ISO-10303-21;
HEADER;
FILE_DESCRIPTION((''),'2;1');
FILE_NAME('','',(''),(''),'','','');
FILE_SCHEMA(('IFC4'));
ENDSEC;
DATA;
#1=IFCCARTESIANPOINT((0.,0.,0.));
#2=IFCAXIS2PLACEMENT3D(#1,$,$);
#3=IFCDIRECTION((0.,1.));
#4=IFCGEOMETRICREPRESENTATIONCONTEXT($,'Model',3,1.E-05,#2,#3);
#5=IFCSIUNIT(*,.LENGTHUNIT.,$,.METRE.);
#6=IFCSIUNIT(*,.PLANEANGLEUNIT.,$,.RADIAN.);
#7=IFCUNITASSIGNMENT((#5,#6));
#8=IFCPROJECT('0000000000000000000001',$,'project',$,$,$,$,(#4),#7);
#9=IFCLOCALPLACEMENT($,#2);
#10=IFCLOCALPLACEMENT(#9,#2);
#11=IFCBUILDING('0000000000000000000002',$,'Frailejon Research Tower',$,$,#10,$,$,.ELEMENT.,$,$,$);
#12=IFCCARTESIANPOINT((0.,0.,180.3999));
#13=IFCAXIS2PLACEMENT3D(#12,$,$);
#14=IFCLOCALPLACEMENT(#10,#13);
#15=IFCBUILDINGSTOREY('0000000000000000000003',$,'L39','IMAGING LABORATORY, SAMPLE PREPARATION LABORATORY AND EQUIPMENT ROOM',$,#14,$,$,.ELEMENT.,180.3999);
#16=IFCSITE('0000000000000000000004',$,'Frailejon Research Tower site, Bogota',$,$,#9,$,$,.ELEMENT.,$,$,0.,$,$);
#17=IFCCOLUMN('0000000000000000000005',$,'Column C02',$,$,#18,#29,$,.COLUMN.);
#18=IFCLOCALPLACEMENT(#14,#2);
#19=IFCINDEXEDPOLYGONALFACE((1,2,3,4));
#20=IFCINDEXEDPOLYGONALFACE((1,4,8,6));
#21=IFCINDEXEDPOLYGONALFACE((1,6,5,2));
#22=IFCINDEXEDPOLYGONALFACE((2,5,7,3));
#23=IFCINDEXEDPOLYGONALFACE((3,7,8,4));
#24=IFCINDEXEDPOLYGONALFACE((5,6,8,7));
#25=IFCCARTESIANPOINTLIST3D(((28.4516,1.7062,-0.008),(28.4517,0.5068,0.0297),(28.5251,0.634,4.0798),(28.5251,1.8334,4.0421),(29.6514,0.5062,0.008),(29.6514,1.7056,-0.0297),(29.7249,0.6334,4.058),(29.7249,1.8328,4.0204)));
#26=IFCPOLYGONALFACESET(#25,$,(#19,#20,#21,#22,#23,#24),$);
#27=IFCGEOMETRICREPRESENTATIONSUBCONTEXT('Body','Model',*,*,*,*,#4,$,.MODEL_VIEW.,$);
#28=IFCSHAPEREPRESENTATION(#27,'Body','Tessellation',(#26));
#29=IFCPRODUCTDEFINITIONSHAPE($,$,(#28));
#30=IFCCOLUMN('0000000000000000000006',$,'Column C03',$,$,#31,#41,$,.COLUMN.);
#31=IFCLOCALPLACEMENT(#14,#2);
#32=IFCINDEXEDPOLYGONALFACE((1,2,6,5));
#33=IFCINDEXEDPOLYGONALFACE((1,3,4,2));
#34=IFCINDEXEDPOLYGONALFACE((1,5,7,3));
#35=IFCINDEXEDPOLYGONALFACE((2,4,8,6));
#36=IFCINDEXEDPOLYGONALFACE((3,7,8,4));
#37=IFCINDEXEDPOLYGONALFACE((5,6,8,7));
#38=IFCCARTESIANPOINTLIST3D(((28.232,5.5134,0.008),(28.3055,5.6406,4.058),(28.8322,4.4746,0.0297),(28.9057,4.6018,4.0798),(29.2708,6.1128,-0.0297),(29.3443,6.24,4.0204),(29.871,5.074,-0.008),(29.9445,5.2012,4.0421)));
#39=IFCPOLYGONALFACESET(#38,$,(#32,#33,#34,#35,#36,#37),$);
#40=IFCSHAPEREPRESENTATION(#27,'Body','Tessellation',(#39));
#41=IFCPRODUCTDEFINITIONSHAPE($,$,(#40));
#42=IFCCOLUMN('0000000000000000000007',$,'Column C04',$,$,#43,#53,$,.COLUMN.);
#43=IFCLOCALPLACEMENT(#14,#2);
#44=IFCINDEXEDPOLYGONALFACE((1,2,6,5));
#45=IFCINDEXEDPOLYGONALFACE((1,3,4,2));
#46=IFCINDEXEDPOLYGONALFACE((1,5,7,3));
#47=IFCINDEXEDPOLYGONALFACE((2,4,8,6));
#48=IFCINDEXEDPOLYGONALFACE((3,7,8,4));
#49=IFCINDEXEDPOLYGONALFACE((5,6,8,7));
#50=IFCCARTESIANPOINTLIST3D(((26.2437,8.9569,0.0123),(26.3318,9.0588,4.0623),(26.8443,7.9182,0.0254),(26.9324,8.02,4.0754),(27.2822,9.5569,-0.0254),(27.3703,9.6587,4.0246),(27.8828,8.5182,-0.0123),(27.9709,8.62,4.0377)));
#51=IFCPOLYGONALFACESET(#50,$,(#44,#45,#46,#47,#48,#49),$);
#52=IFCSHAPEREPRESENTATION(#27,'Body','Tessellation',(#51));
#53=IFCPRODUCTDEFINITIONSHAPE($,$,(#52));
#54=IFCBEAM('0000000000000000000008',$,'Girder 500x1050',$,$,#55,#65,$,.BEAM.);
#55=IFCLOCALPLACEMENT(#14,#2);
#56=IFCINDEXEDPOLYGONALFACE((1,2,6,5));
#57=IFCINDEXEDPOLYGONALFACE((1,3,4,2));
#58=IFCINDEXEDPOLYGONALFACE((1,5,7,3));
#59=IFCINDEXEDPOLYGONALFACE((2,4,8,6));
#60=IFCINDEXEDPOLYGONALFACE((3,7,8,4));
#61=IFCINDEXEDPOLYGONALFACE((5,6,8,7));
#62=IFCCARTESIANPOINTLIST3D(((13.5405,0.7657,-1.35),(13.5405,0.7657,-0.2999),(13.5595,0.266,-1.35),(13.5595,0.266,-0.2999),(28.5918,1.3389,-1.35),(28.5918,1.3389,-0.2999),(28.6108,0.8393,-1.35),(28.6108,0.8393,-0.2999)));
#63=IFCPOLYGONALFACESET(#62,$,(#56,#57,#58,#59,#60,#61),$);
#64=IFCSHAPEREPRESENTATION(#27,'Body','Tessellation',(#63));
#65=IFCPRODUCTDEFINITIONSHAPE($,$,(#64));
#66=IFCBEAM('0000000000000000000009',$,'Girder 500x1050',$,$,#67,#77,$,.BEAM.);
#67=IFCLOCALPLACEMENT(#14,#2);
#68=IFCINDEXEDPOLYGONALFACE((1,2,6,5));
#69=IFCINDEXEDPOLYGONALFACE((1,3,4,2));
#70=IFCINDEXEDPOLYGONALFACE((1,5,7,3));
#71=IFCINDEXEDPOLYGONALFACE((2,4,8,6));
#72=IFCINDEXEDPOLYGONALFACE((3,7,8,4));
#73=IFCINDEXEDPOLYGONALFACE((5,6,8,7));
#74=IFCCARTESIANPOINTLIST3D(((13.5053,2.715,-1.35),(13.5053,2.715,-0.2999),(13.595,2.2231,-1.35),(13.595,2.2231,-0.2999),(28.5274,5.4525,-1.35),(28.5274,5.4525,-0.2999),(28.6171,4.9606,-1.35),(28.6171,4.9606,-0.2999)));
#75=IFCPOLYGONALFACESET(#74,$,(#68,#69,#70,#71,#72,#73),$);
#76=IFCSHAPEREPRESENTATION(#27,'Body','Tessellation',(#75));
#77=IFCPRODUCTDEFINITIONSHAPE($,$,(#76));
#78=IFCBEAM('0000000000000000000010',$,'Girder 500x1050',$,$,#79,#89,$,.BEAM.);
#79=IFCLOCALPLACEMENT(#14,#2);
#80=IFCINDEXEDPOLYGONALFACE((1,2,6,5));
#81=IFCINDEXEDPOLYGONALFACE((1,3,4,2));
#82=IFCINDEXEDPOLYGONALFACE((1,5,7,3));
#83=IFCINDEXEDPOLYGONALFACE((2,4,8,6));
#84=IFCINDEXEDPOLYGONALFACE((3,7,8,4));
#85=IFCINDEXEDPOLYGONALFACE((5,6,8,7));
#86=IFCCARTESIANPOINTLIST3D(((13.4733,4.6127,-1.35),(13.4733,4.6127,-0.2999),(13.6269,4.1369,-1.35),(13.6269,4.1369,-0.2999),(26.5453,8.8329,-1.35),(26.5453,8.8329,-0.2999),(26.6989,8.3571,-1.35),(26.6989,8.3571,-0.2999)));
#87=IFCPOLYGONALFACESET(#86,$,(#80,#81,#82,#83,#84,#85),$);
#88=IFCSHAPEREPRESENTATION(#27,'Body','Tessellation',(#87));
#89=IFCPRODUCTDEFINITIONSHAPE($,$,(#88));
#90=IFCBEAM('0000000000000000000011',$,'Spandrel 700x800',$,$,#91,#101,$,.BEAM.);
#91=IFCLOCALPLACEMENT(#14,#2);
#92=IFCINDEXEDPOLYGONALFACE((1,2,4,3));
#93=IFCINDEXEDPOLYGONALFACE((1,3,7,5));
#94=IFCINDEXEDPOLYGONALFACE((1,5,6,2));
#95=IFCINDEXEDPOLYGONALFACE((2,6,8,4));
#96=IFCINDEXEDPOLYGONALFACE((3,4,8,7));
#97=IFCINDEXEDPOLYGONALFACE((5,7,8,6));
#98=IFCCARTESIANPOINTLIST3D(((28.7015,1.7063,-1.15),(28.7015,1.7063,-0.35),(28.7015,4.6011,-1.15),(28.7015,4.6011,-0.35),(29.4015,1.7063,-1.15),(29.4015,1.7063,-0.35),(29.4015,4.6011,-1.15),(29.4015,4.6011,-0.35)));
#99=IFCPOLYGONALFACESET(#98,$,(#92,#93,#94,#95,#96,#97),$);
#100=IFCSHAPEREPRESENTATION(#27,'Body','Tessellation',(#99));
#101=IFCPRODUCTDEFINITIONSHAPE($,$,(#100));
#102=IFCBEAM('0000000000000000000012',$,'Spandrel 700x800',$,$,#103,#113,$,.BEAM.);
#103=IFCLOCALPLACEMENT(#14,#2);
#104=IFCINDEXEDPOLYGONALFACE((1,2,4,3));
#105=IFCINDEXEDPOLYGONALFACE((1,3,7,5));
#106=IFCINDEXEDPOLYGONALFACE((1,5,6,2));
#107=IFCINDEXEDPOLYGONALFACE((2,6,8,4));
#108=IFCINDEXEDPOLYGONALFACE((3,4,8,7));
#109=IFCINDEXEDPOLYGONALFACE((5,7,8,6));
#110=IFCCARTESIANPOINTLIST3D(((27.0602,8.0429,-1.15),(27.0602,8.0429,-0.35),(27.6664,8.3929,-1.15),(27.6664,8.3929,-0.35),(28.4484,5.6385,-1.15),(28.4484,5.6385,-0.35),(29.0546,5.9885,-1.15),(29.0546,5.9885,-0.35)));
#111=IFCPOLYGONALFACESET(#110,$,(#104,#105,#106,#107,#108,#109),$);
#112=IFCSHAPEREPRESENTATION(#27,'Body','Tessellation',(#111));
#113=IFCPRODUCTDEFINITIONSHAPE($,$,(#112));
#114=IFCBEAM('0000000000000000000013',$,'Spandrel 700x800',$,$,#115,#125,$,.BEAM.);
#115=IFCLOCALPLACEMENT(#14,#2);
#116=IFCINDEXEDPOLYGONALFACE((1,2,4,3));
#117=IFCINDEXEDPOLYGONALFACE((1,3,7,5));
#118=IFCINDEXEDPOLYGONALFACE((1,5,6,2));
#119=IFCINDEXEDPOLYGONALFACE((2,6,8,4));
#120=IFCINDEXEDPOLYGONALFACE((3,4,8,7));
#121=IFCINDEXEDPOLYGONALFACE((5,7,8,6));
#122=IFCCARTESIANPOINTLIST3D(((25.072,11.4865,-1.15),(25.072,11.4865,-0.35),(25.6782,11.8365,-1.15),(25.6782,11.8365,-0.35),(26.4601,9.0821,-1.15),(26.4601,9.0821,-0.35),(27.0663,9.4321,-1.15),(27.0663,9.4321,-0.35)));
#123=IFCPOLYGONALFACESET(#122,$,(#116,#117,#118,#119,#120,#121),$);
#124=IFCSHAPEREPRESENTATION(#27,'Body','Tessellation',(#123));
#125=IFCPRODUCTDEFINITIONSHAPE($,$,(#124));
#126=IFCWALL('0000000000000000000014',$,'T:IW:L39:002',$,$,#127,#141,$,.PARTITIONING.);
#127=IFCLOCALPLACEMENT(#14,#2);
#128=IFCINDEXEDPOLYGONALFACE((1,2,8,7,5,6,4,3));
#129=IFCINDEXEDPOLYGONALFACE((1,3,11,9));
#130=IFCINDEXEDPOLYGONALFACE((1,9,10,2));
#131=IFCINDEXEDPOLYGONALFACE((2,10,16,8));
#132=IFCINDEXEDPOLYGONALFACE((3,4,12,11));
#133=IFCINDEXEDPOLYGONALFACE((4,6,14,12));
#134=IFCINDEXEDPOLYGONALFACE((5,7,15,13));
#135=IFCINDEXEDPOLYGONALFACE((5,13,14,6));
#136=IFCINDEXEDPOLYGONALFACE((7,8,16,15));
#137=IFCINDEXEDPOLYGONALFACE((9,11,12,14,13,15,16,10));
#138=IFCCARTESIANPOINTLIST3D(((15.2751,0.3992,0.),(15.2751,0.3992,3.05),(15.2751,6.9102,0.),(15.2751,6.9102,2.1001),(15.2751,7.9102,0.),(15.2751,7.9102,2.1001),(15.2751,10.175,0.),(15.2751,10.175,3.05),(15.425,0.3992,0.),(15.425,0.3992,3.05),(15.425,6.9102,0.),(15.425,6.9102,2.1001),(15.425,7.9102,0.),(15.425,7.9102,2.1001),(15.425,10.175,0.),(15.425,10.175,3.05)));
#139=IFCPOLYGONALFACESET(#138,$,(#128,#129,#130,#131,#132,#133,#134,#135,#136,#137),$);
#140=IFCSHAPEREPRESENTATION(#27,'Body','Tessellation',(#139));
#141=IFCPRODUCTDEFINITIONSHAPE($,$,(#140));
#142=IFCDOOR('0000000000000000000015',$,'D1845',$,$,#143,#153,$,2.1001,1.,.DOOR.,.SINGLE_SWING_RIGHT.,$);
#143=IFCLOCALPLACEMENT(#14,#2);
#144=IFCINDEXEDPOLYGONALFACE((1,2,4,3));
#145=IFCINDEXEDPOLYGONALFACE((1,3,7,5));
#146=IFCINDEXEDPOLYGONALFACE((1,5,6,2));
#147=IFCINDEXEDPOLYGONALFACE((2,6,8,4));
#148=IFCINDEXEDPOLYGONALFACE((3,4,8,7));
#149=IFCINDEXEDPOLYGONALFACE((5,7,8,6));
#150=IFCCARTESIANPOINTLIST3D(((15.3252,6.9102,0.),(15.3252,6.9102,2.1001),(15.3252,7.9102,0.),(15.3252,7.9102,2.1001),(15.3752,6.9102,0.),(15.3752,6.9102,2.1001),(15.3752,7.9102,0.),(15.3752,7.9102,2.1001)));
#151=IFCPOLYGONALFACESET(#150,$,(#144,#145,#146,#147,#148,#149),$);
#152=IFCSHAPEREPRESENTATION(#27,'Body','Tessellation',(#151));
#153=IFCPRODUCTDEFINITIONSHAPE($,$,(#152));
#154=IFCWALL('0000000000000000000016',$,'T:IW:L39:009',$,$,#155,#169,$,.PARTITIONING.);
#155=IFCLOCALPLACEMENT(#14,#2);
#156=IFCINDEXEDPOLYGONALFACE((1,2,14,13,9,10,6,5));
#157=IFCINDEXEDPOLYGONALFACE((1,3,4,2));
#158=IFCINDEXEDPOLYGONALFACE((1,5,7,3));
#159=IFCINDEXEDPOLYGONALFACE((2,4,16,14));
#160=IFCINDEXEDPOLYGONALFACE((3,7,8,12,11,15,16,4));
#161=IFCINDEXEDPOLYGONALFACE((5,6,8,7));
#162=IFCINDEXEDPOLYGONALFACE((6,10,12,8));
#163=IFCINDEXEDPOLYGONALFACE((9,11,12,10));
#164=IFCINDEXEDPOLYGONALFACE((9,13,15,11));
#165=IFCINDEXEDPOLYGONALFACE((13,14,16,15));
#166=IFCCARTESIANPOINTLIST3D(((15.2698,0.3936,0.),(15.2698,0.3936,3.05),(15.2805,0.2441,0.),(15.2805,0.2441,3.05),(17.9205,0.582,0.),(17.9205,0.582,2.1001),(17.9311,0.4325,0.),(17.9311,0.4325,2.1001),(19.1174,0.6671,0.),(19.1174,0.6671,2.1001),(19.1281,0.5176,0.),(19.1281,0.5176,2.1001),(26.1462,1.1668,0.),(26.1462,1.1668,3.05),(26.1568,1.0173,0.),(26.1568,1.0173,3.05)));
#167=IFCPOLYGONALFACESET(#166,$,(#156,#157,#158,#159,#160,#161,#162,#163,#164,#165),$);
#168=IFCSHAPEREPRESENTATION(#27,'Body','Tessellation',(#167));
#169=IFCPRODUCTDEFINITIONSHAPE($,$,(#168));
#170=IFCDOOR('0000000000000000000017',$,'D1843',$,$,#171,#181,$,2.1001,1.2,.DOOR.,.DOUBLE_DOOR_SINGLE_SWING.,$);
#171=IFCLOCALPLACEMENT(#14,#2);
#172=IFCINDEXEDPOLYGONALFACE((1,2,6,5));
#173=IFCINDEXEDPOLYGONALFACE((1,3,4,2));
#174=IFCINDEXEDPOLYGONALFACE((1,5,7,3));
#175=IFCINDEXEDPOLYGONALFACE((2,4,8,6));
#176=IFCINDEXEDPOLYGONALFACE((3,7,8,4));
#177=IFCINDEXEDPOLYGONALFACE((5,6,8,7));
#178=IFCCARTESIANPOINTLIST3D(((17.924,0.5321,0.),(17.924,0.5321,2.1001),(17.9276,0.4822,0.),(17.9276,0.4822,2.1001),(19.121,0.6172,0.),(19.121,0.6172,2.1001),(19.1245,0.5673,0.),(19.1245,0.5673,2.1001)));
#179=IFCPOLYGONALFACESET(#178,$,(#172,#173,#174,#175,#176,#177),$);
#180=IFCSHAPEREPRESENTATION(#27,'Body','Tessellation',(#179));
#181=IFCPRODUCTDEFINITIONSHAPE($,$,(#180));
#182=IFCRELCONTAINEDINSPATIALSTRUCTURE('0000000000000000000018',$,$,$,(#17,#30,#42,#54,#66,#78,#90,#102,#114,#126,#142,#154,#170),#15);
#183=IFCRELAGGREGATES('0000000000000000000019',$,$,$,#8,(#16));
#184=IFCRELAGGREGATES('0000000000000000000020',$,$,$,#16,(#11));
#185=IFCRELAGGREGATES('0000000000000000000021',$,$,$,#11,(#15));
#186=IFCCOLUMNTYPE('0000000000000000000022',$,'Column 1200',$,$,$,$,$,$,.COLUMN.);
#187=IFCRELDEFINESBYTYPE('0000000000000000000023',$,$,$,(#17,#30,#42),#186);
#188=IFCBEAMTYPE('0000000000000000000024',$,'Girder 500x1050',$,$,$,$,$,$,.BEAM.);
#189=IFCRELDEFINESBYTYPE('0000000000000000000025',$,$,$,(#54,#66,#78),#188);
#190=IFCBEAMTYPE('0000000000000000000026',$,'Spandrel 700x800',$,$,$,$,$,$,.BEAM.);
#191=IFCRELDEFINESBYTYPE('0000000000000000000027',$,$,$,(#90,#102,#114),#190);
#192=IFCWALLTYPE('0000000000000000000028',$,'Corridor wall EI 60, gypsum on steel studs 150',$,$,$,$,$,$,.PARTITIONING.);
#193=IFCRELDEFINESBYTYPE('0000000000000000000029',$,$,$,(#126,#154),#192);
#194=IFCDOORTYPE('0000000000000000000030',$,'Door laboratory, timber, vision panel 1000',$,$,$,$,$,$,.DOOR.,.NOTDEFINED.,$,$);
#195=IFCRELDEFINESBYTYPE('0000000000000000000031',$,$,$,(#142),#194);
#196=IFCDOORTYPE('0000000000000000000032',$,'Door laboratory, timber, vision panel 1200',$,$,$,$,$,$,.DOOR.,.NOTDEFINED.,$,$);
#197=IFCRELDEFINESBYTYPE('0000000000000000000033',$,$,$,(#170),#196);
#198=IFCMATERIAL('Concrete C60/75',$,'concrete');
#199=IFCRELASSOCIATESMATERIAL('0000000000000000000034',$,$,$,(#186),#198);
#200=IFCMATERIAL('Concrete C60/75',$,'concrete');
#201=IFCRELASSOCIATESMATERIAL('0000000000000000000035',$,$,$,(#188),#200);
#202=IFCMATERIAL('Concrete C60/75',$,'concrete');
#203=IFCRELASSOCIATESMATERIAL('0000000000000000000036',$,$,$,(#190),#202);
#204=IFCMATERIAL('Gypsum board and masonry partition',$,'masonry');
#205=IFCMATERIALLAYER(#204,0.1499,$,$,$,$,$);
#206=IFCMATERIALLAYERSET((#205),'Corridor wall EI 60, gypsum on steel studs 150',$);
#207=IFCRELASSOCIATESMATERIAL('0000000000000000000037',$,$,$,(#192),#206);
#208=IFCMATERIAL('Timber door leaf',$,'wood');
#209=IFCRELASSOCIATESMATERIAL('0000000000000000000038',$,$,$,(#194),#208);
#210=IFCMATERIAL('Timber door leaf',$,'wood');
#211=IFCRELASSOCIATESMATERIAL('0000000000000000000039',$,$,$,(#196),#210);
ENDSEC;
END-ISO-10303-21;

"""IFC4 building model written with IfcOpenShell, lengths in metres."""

from ifc_helpers import new_model, si_unit, direction, frame, frame_2d, origin, origin_2d, place, context, subcontext, project, spatial, rectangle, extrude, material, layer, layer_set, material_profile, profile_set, type_object, element, fill, save


model = new_model("IFC4")

# Units and contexts
model_context = context("Model", 3, precision=1e-05, world=origin(), true_north=direction((0.0, 1.0)))
body_context = subcontext(model_context, "Body", "Model", "MODEL_VIEW")
ifc_project = project(units=[si_unit("LENGTHUNIT", "METRE"), si_unit("PLANEANGLEUNIT", "RADIAN")], contexts=[model_context])

# Site, building, storey
site_placement = place(None, origin())
site = spatial("IfcSite", under=ifc_project, at=site_placement, Name="Frailejon Research Tower site, Bogota", CompositionType="ELEMENT", RefElevation=0.0)
building_placement = place(site_placement, origin())
building = spatial("IfcBuilding", under=site, at=building_placement, Name="Frailejon Research Tower", CompositionType="ELEMENT")
storey_placement = place(building_placement, frame((0.0, 0.0, 180.3999)))
storey = spatial("IfcBuildingStorey", under=building, at=storey_placement, Name="L39", Description="IMAGING LABORATORY, SAMPLE PREPARATION LABORATORY AND EQUIPMENT ROOM", CompositionType="ELEMENT", Elevation=180.3999)

# Columns
ifc_material_1 = material(Name="Concrete C60/75", Category="concrete")
ifc_material_profile_1 = material_profile(ifc_material_1, rectangle(XDim=1.2, YDim=1.2, at=origin_2d()), Name="Column 1200")
ifc_profile_set_1 = profile_set([ifc_material_profile_1], Name="Concrete C60/75")
column_type = type_object("IfcColumnType", Name="Column 1200", PredefinedType="COLUMN", material=ifc_profile_set_1)
for number, where, z_axis, x_axis, name in (
    (1, (29.0515, 1.1062, 0.0), (0.018133, 0.031386, 0.999343), (-0.000022, 0.999507, -0.03139), "Column C02"),
    (2, (29.0515, 5.2937, 0.0), (0.018133, 0.031386, 0.999343), (-0.500209, 0.865715, -0.018113), "Column C03"),
):
    element("IfcColumn", number, at=place(storey_placement, frame(where, z_axis=z_axis, x_axis=x_axis)), inside=storey, type_object=column_type, Name=name, PredefinedType="COLUMN", context=body_context, shape_type="SweptSolid", body=[
        extrude(rectangle(XDim=1.2, YDim=1.2, at=origin_2d()), origin(), (0.0, 0.0, 1.0), 4.0527),
    ])
column_placement = place(storey_placement, frame((27.0632, 8.7375, 0.0), z_axis=(0.021749, 0.025123, 0.999448), x_axis=(-0.500502, 0.865667, -0.010869)))
element("IfcColumn", 3, at=column_placement, inside=storey, type_object=column_type, Name="Column C04", PredefinedType="COLUMN", context=body_context, shape_type="SweptSolid", body=[
    extrude(rectangle(XDim=1.2, YDim=1.2, at=origin_2d()), origin(), (0.0, 0.0, 1.0), 4.0522),
])

# Beams
ifc_material_2 = material(Name="Concrete C60/75", Category="concrete")
ifc_material_profile_2 = material_profile(ifc_material_2, rectangle(XDim=0.5, YDim=1.05, at=origin_2d()), Name="Girder 500x1050")
ifc_profile_set_2 = profile_set([ifc_material_profile_2], Name="Concrete C60/75")
beam_type_1 = type_object("IfcBeamType", Name="Girder 500x1050", PredefinedType="BEAM", material=ifc_profile_set_2)
beam_1_placement = place(storey_placement, frame((28.6013, 1.0891, -0.825), z_axis=(-0.999276, -0.038058, 0.0), x_axis=(0.038058, -0.999276, 0.0)))
element("IfcBeam", 4, at=beam_1_placement, inside=storey, type_object=beam_type_1, Name="Girder 500x1050", PredefinedType="BEAM", context=body_context, shape_type="SweptSolid", body=[
    extrude(rectangle(XDim=0.5, YDim=1.05, at=origin_2d()), origin(), (0.0, 0.0, 1.0), 15.0623),
])
beam_2_placement = place(storey_placement, frame((28.5723, 5.2065, -0.825), z_axis=(-0.983798, -0.179281, 0.0), x_axis=(0.179281, -0.983798, 0.0)))
element("IfcBeam", 5, at=beam_2_placement, inside=storey, type_object=beam_type_1, Name="Girder 500x1050", PredefinedType="BEAM", context=body_context, shape_type="SweptSolid", body=[
    extrude(rectangle(XDim=0.5, YDim=1.05, at=origin_2d()), origin(), (0.0, 0.0, 1.0), 15.2695),
])
beam_3_placement = place(storey_placement, frame((26.6221, 8.595, -0.825), z_axis=(-0.951636, -0.307229, 0.0), x_axis=(0.307229, -0.951636, 0.0)))
element("IfcBeam", 6, at=beam_3_placement, inside=storey, type_object=beam_type_1, Name="Girder 500x1050", PredefinedType="BEAM", context=body_context, shape_type="SweptSolid", body=[
    extrude(rectangle(XDim=0.5, YDim=1.05, at=origin_2d()), origin(), (0.0, 0.0, 1.0), 13.7363),
])
ifc_material_3 = material(Name="Concrete C60/75", Category="concrete")
ifc_material_profile_3 = material_profile(ifc_material_3, rectangle(XDim=0.7, YDim=0.8, at=origin_2d()), Name="Spandrel 700x800")
ifc_profile_set_3 = profile_set([ifc_material_profile_3], Name="Concrete C60/75")
beam_type_2 = type_object("IfcBeamType", Name="Spandrel 700x800", PredefinedType="BEAM", material=ifc_profile_set_3)
beam_4_placement = place(storey_placement, frame((29.0515, 1.7063, -0.75), z_axis=(0.0, 1.0, 0.0), x_axis=(-1.0, 0.0, 0.0)))
element("IfcBeam", 7, at=beam_4_placement, inside=storey, type_object=beam_type_2, Name="Spandrel 700x800", PredefinedType="BEAM", context=body_context, shape_type="SweptSolid", body=[
    extrude(rectangle(XDim=0.7, YDim=0.8, at=origin_2d()), origin(), (0.0, 0.0, 1.0), 2.8948),
])
for number, where, z_axis, x_axis, name in (
    (8, (28.7515, 5.8135, -0.75), (-0.499979, 0.866038, 0.0), (-0.866038, -0.499979, 0.0), "Spandrel 700x800"),
    (9, (26.7632, 9.2571, -0.75), (-0.499979, 0.866038, 0.0), (-0.866038, -0.499979, 0.0), "Spandrel 700x800"),
):
    element("IfcBeam", number, at=place(storey_placement, frame(where, z_axis=z_axis, x_axis=x_axis)), inside=storey, type_object=beam_type_2, Name=name, PredefinedType="BEAM", context=body_context, shape_type="SweptSolid", body=[
        extrude(rectangle(XDim=0.7, YDim=0.8, at=origin_2d()), origin(), (0.0, 0.0, 1.0), 2.7764),
    ])

# Walls, openings, doors
ifc_material_4 = material(Name="Gypsum board and masonry partition", Category="masonry")
ifc_layer_1 = layer(ifc_material_4, 0.1499)
ifc_layer_set_1 = layer_set([ifc_layer_1], Name="Corridor wall EI 60, gypsum on steel studs 150")
wall_type_1 = type_object("IfcWallType", Name="Corridor wall EI 60, gypsum on steel studs 150", PredefinedType="PARTITIONING", material=ifc_layer_set_1)
wall_1_placement = place(storey_placement, frame((15.3501, 0.3992, 0.0), z_axis=(0.0, 0.0, 1.0), x_axis=(0.0, 1.0, 0.0)))
wall_1 = element("IfcWall", 10, at=wall_1_placement, inside=storey, type_object=wall_type_1, Name="T:IW:L39:002", PredefinedType="PARTITIONING", context=body_context, shape_type="SweptSolid", body=[
    extrude(rectangle(XDim=9.7759, YDim=0.1499, at=frame_2d((4.8879, 0.0))), origin(), (0.0, 0.0, 1.0), 3.05),
])
opening_1_placement = place(wall_1_placement, frame((6.511, 0.0, 0.0)))
opening_1 = element("IfcOpeningElement", 11, at=opening_1_placement, cuts=wall_1, PredefinedType="OPENING", context=body_context, shape_type="SweptSolid", body=[
    extrude(rectangle(XDim=1.0, YDim=2.1001, at=frame_2d((0.5, 1.05))), frame((0.0, 0.085, 0.0), z_axis=(0.0, -1.0, 0.0), x_axis=(1.0, 0.0, 0.0)), (0.0, 0.0, 1.0), 0.1699),
])
ifc_material_5 = material(Name="Timber door leaf", Category="wood")
door_type_1 = type_object("IfcDoorType", Name="Door laboratory, timber, vision panel 1000", OperationType="NOTDEFINED", PredefinedType="DOOR", material=ifc_material_5)
door_1_placement = place(opening_1_placement, origin())
door_1 = element("IfcDoor", 12, at=door_1_placement, inside=storey, type_object=door_type_1, Name="D1845", OperationType="SINGLE_SWING_RIGHT", OverallHeight=2.1001, OverallWidth=1.0, PredefinedType="DOOR", context=body_context, shape_type="SweptSolid", body=[
    extrude(rectangle(XDim=1.0, YDim=2.1001, at=frame_2d((0.5, 1.05))), frame((0.0, 0.0249, 0.0), z_axis=(0.0, -1.0, 0.0), x_axis=(1.0, 0.0, 0.0)), (0.0, 0.0, 1.0), 0.05),
])
fill(opening_1, door_1)
wall_2_placement = place(storey_placement, frame((15.2751, 0.3188, 0.0), z_axis=(0.0, 0.0, 1.0), x_axis=(0.997483, 0.07091, 0.0)))
wall_2 = element("IfcWall", 13, at=wall_2_placement, inside=storey, type_object=wall_type_1, Name="T:IW:L39:009", PredefinedType="PARTITIONING", context=body_context, shape_type="SweptSolid", body=[
    extrude(rectangle(XDim=10.9038, YDim=0.1499, at=frame_2d((5.4519, 0.0))), origin(), (0.0, 0.0, 1.0), 3.05),
])
opening_2_placement = place(wall_2_placement, frame((2.6572, 0.0, 0.0)))
opening_2 = element("IfcOpeningElement", 14, at=opening_2_placement, cuts=wall_2, PredefinedType="OPENING", context=body_context, shape_type="SweptSolid", body=[
    extrude(rectangle(XDim=1.2, YDim=2.1001, at=frame_2d((0.6001, 1.05))), frame((0.0, 0.085, 0.0), z_axis=(0.0, -1.0, 0.0), x_axis=(1.0, 0.0, 0.0)), (0.0, 0.0, 1.0), 0.1699),
])
ifc_material_6 = material(Name="Timber door leaf", Category="wood")
door_type_2 = type_object("IfcDoorType", Name="Door laboratory, timber, vision panel 1200", OperationType="NOTDEFINED", PredefinedType="DOOR", material=ifc_material_6)
door_2_placement = place(opening_2_placement, origin())
door_2 = element("IfcDoor", 15, at=door_2_placement, inside=storey, type_object=door_type_2, Name="D1843", OperationType="DOUBLE_DOOR_SINGLE_SWING", OverallHeight=2.1001, OverallWidth=1.2, PredefinedType="DOOR", context=body_context, shape_type="SweptSolid", body=[
    extrude(rectangle(XDim=1.2, YDim=2.1001, at=frame_2d((0.6001, 1.05))), frame((0.0, 0.0249, 0.0), z_axis=(0.0, -1.0, 0.0), x_axis=(1.0, 0.0, 0.0)), (0.0, 0.0, 1.0), 0.05),
])
fill(opening_2, door_2)

save(model, "model.ifc")
